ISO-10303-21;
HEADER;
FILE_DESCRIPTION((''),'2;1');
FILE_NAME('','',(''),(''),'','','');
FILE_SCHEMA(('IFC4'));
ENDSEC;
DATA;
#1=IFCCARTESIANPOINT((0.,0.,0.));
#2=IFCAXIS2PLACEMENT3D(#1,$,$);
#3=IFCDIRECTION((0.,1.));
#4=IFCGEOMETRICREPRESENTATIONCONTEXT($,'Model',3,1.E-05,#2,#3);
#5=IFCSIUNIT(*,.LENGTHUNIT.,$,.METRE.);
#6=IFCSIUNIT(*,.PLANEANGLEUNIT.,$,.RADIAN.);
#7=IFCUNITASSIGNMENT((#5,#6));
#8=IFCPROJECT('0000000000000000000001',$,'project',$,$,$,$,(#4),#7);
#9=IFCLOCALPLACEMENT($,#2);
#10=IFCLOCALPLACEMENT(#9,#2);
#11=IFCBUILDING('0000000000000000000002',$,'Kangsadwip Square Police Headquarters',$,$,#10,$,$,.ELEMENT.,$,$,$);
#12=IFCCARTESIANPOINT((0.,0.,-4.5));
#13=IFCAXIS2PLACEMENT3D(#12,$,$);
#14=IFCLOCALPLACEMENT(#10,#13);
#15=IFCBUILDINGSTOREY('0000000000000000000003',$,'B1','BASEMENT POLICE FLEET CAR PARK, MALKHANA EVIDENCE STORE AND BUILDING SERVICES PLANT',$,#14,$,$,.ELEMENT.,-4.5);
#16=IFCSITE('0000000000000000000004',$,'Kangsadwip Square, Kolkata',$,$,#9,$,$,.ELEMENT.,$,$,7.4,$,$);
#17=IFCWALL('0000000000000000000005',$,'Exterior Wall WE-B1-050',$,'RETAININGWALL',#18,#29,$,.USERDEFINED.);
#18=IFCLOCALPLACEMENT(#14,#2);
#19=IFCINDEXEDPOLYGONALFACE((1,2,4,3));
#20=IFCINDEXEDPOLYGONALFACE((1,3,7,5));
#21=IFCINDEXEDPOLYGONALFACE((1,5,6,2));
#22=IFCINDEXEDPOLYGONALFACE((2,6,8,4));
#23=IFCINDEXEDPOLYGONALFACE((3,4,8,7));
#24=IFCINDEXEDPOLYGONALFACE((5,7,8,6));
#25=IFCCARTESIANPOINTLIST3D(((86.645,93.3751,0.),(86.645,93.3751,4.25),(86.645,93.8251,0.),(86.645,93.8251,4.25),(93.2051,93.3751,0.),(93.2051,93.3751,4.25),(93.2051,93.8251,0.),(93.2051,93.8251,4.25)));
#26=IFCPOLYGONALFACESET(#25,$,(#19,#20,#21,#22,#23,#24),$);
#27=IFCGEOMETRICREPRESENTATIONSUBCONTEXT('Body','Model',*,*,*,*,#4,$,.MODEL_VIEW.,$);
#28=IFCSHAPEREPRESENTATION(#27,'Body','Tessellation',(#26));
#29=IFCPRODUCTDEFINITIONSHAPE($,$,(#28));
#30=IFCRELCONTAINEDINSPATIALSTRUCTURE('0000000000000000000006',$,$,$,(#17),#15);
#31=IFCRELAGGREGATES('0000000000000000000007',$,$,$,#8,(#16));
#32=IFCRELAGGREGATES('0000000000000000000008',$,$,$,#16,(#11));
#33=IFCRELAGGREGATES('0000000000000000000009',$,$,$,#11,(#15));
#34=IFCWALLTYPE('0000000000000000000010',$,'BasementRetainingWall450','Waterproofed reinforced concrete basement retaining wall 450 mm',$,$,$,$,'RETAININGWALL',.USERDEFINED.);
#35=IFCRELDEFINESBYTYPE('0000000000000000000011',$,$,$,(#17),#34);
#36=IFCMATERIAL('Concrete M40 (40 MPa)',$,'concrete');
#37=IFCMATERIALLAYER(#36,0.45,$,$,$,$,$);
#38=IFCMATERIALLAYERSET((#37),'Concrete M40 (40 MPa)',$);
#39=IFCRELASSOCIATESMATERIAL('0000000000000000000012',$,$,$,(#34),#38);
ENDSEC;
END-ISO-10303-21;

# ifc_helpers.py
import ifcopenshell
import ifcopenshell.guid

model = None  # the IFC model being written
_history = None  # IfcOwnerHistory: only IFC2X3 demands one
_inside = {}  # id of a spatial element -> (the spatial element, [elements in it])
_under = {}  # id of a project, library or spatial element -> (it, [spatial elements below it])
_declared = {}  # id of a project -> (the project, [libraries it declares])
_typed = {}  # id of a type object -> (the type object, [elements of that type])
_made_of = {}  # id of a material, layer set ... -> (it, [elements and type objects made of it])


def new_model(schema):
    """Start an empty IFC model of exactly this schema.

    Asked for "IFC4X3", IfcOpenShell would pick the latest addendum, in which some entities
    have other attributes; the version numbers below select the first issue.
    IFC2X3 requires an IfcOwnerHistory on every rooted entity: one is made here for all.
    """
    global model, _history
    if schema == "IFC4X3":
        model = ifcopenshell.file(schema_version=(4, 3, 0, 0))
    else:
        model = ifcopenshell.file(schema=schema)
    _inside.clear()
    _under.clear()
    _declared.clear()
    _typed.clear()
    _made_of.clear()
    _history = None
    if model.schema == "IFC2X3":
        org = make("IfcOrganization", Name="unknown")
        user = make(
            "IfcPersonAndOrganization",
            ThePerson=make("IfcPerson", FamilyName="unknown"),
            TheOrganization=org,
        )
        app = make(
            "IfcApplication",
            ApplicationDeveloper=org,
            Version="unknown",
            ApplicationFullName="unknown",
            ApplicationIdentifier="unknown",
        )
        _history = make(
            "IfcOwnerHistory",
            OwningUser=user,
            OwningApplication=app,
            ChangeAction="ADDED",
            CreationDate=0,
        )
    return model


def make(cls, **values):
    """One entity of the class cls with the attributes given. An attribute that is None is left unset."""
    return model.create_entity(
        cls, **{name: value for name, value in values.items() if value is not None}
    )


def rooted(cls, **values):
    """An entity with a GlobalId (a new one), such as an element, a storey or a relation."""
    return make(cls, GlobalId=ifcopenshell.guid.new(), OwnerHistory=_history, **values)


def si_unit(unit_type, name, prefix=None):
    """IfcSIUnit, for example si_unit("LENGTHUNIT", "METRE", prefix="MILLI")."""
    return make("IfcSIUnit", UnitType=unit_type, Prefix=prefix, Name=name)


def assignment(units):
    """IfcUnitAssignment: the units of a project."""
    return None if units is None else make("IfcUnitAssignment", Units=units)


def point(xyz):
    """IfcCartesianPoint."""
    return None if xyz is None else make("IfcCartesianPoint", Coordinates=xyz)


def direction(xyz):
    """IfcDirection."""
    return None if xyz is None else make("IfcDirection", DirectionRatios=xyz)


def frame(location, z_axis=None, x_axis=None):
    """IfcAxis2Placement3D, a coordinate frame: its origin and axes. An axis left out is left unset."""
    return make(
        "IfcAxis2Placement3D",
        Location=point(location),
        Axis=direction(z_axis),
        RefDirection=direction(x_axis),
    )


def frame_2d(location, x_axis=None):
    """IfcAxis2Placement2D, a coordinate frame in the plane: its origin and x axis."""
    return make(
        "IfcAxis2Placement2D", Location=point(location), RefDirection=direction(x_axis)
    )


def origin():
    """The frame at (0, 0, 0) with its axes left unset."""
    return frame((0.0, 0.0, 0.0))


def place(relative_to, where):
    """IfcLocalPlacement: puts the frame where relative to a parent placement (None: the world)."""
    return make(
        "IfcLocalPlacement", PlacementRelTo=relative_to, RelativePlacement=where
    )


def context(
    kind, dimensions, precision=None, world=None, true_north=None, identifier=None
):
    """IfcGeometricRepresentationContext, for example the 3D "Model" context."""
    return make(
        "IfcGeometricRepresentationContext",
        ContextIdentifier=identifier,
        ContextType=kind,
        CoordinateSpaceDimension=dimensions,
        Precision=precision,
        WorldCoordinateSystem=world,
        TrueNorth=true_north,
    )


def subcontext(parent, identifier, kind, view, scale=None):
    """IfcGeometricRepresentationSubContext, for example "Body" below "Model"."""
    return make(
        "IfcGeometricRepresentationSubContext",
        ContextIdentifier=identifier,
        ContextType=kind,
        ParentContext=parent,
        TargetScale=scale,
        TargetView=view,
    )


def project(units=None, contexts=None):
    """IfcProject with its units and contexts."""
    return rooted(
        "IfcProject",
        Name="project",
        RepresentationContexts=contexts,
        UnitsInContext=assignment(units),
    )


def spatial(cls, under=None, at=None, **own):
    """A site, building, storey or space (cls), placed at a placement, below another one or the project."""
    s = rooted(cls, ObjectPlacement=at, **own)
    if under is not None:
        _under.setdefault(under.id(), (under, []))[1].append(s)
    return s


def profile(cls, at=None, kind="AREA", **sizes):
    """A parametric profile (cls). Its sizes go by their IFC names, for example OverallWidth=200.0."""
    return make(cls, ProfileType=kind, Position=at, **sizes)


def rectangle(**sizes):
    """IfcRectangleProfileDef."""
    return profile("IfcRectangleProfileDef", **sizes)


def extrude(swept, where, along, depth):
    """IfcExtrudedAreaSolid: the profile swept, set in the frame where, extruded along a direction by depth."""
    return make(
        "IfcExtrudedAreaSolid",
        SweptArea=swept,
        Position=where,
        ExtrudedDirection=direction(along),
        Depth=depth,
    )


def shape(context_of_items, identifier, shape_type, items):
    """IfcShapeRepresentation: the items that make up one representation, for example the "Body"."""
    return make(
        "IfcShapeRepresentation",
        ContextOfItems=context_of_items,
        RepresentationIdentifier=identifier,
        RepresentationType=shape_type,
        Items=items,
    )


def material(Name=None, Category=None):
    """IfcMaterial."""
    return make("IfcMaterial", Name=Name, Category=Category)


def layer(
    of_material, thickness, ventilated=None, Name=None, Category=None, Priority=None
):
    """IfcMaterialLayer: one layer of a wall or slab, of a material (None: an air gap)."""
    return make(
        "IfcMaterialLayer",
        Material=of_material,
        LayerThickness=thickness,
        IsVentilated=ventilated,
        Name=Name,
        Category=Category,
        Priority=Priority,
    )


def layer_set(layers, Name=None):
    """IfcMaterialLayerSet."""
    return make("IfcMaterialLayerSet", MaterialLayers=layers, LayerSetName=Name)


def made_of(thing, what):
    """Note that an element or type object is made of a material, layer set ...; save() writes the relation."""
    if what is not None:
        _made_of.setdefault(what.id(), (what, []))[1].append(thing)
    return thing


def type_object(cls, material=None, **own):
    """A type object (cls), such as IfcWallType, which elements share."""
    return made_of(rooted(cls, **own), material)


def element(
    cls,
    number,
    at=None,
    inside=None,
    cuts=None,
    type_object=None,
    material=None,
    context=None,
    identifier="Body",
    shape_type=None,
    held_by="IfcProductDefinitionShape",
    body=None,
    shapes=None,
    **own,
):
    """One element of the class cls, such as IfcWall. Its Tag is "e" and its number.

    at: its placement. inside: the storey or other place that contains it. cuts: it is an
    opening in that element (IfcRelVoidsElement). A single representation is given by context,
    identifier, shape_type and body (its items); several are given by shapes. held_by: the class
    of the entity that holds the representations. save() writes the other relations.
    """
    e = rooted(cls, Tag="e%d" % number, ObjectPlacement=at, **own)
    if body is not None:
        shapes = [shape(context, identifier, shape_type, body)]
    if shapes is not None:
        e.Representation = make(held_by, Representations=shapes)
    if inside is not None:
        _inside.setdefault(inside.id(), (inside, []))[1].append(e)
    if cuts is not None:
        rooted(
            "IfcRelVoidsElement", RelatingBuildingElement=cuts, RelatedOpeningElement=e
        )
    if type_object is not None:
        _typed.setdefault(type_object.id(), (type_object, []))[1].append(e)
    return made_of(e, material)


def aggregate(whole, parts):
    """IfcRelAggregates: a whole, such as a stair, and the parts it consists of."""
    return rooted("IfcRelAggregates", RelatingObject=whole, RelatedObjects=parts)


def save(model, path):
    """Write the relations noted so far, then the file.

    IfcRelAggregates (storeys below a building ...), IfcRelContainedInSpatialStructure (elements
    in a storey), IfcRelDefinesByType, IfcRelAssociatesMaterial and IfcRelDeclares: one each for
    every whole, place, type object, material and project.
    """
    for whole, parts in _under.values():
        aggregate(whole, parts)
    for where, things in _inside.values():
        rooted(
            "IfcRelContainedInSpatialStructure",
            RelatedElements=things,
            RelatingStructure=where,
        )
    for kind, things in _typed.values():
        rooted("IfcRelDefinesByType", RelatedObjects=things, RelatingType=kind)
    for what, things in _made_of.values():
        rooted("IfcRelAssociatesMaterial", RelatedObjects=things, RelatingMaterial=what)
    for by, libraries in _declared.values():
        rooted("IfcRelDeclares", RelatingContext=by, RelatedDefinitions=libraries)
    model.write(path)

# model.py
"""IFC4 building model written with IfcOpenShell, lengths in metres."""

from ifc_helpers import new_model, si_unit, direction, frame, frame_2d, origin, place, context, subcontext, project, spatial, rectangle, extrude, material, layer, layer_set, type_object, element, save


model = new_model("IFC4")

# Units and contexts
model_context = context("Model", 3, precision=1e-05, world=origin(), true_north=direction((0.0, 1.0)))
body_context = subcontext(model_context, "Body", "Model", "MODEL_VIEW")
ifc_project = project(units=[si_unit("LENGTHUNIT", "METRE"), si_unit("PLANEANGLEUNIT", "RADIAN")], contexts=[model_context])

# Site, building, storey
site_placement = place(None, origin())
site = spatial("IfcSite", under=ifc_project, at=site_placement, Name="Kangsadwip Square, Kolkata", CompositionType="ELEMENT", RefElevation=7.4)
building_placement = place(site_placement, origin())
building = spatial("IfcBuilding", under=site, at=building_placement, Name="Kangsadwip Square Police Headquarters", CompositionType="ELEMENT")
storey_placement = place(building_placement, frame((0.0, 0.0, -4.5)))
storey = spatial("IfcBuildingStorey", under=building, at=storey_placement, Name="B1", Description="BASEMENT POLICE FLEET CAR PARK, MALKHANA EVIDENCE STORE AND BUILDING SERVICES PLANT", CompositionType="ELEMENT", Elevation=-4.5)

# Wall
ifc_material_1 = material(Name="Concrete M40 (40 MPa)", Category="concrete")
ifc_layer = layer(ifc_material_1, 0.45)
ifc_layer_set = layer_set([ifc_layer], Name="Concrete M40 (40 MPa)")
wall_type = type_object("IfcWallType", Name="BasementRetainingWall450", Description="Waterproofed reinforced concrete basement retaining wall 450 mm", ElementType="RETAININGWALL", PredefinedType="USERDEFINED", material=ifc_layer_set)
wall_1_placement = place(storey_placement, frame((86.645, 93.6001, 0.0), z_axis=(0.0, 0.0, 1.0), x_axis=(1.0, 0.0, 0.0)))
element("IfcWall", 1, at=wall_1_placement, inside=storey, type_object=wall_type, Name="Exterior Wall WE-B1-050", ObjectType="RETAININGWALL", PredefinedType="USERDEFINED", context=body_context, shape_type="SweptSolid", body=[
    extrude(rectangle(XDim=6.5601, YDim=0.45, at=frame_2d((3.28, 0.0))), origin(), (0.0, 0.0, 1.0), 4.25),
])

save(model, "model.ifc")
